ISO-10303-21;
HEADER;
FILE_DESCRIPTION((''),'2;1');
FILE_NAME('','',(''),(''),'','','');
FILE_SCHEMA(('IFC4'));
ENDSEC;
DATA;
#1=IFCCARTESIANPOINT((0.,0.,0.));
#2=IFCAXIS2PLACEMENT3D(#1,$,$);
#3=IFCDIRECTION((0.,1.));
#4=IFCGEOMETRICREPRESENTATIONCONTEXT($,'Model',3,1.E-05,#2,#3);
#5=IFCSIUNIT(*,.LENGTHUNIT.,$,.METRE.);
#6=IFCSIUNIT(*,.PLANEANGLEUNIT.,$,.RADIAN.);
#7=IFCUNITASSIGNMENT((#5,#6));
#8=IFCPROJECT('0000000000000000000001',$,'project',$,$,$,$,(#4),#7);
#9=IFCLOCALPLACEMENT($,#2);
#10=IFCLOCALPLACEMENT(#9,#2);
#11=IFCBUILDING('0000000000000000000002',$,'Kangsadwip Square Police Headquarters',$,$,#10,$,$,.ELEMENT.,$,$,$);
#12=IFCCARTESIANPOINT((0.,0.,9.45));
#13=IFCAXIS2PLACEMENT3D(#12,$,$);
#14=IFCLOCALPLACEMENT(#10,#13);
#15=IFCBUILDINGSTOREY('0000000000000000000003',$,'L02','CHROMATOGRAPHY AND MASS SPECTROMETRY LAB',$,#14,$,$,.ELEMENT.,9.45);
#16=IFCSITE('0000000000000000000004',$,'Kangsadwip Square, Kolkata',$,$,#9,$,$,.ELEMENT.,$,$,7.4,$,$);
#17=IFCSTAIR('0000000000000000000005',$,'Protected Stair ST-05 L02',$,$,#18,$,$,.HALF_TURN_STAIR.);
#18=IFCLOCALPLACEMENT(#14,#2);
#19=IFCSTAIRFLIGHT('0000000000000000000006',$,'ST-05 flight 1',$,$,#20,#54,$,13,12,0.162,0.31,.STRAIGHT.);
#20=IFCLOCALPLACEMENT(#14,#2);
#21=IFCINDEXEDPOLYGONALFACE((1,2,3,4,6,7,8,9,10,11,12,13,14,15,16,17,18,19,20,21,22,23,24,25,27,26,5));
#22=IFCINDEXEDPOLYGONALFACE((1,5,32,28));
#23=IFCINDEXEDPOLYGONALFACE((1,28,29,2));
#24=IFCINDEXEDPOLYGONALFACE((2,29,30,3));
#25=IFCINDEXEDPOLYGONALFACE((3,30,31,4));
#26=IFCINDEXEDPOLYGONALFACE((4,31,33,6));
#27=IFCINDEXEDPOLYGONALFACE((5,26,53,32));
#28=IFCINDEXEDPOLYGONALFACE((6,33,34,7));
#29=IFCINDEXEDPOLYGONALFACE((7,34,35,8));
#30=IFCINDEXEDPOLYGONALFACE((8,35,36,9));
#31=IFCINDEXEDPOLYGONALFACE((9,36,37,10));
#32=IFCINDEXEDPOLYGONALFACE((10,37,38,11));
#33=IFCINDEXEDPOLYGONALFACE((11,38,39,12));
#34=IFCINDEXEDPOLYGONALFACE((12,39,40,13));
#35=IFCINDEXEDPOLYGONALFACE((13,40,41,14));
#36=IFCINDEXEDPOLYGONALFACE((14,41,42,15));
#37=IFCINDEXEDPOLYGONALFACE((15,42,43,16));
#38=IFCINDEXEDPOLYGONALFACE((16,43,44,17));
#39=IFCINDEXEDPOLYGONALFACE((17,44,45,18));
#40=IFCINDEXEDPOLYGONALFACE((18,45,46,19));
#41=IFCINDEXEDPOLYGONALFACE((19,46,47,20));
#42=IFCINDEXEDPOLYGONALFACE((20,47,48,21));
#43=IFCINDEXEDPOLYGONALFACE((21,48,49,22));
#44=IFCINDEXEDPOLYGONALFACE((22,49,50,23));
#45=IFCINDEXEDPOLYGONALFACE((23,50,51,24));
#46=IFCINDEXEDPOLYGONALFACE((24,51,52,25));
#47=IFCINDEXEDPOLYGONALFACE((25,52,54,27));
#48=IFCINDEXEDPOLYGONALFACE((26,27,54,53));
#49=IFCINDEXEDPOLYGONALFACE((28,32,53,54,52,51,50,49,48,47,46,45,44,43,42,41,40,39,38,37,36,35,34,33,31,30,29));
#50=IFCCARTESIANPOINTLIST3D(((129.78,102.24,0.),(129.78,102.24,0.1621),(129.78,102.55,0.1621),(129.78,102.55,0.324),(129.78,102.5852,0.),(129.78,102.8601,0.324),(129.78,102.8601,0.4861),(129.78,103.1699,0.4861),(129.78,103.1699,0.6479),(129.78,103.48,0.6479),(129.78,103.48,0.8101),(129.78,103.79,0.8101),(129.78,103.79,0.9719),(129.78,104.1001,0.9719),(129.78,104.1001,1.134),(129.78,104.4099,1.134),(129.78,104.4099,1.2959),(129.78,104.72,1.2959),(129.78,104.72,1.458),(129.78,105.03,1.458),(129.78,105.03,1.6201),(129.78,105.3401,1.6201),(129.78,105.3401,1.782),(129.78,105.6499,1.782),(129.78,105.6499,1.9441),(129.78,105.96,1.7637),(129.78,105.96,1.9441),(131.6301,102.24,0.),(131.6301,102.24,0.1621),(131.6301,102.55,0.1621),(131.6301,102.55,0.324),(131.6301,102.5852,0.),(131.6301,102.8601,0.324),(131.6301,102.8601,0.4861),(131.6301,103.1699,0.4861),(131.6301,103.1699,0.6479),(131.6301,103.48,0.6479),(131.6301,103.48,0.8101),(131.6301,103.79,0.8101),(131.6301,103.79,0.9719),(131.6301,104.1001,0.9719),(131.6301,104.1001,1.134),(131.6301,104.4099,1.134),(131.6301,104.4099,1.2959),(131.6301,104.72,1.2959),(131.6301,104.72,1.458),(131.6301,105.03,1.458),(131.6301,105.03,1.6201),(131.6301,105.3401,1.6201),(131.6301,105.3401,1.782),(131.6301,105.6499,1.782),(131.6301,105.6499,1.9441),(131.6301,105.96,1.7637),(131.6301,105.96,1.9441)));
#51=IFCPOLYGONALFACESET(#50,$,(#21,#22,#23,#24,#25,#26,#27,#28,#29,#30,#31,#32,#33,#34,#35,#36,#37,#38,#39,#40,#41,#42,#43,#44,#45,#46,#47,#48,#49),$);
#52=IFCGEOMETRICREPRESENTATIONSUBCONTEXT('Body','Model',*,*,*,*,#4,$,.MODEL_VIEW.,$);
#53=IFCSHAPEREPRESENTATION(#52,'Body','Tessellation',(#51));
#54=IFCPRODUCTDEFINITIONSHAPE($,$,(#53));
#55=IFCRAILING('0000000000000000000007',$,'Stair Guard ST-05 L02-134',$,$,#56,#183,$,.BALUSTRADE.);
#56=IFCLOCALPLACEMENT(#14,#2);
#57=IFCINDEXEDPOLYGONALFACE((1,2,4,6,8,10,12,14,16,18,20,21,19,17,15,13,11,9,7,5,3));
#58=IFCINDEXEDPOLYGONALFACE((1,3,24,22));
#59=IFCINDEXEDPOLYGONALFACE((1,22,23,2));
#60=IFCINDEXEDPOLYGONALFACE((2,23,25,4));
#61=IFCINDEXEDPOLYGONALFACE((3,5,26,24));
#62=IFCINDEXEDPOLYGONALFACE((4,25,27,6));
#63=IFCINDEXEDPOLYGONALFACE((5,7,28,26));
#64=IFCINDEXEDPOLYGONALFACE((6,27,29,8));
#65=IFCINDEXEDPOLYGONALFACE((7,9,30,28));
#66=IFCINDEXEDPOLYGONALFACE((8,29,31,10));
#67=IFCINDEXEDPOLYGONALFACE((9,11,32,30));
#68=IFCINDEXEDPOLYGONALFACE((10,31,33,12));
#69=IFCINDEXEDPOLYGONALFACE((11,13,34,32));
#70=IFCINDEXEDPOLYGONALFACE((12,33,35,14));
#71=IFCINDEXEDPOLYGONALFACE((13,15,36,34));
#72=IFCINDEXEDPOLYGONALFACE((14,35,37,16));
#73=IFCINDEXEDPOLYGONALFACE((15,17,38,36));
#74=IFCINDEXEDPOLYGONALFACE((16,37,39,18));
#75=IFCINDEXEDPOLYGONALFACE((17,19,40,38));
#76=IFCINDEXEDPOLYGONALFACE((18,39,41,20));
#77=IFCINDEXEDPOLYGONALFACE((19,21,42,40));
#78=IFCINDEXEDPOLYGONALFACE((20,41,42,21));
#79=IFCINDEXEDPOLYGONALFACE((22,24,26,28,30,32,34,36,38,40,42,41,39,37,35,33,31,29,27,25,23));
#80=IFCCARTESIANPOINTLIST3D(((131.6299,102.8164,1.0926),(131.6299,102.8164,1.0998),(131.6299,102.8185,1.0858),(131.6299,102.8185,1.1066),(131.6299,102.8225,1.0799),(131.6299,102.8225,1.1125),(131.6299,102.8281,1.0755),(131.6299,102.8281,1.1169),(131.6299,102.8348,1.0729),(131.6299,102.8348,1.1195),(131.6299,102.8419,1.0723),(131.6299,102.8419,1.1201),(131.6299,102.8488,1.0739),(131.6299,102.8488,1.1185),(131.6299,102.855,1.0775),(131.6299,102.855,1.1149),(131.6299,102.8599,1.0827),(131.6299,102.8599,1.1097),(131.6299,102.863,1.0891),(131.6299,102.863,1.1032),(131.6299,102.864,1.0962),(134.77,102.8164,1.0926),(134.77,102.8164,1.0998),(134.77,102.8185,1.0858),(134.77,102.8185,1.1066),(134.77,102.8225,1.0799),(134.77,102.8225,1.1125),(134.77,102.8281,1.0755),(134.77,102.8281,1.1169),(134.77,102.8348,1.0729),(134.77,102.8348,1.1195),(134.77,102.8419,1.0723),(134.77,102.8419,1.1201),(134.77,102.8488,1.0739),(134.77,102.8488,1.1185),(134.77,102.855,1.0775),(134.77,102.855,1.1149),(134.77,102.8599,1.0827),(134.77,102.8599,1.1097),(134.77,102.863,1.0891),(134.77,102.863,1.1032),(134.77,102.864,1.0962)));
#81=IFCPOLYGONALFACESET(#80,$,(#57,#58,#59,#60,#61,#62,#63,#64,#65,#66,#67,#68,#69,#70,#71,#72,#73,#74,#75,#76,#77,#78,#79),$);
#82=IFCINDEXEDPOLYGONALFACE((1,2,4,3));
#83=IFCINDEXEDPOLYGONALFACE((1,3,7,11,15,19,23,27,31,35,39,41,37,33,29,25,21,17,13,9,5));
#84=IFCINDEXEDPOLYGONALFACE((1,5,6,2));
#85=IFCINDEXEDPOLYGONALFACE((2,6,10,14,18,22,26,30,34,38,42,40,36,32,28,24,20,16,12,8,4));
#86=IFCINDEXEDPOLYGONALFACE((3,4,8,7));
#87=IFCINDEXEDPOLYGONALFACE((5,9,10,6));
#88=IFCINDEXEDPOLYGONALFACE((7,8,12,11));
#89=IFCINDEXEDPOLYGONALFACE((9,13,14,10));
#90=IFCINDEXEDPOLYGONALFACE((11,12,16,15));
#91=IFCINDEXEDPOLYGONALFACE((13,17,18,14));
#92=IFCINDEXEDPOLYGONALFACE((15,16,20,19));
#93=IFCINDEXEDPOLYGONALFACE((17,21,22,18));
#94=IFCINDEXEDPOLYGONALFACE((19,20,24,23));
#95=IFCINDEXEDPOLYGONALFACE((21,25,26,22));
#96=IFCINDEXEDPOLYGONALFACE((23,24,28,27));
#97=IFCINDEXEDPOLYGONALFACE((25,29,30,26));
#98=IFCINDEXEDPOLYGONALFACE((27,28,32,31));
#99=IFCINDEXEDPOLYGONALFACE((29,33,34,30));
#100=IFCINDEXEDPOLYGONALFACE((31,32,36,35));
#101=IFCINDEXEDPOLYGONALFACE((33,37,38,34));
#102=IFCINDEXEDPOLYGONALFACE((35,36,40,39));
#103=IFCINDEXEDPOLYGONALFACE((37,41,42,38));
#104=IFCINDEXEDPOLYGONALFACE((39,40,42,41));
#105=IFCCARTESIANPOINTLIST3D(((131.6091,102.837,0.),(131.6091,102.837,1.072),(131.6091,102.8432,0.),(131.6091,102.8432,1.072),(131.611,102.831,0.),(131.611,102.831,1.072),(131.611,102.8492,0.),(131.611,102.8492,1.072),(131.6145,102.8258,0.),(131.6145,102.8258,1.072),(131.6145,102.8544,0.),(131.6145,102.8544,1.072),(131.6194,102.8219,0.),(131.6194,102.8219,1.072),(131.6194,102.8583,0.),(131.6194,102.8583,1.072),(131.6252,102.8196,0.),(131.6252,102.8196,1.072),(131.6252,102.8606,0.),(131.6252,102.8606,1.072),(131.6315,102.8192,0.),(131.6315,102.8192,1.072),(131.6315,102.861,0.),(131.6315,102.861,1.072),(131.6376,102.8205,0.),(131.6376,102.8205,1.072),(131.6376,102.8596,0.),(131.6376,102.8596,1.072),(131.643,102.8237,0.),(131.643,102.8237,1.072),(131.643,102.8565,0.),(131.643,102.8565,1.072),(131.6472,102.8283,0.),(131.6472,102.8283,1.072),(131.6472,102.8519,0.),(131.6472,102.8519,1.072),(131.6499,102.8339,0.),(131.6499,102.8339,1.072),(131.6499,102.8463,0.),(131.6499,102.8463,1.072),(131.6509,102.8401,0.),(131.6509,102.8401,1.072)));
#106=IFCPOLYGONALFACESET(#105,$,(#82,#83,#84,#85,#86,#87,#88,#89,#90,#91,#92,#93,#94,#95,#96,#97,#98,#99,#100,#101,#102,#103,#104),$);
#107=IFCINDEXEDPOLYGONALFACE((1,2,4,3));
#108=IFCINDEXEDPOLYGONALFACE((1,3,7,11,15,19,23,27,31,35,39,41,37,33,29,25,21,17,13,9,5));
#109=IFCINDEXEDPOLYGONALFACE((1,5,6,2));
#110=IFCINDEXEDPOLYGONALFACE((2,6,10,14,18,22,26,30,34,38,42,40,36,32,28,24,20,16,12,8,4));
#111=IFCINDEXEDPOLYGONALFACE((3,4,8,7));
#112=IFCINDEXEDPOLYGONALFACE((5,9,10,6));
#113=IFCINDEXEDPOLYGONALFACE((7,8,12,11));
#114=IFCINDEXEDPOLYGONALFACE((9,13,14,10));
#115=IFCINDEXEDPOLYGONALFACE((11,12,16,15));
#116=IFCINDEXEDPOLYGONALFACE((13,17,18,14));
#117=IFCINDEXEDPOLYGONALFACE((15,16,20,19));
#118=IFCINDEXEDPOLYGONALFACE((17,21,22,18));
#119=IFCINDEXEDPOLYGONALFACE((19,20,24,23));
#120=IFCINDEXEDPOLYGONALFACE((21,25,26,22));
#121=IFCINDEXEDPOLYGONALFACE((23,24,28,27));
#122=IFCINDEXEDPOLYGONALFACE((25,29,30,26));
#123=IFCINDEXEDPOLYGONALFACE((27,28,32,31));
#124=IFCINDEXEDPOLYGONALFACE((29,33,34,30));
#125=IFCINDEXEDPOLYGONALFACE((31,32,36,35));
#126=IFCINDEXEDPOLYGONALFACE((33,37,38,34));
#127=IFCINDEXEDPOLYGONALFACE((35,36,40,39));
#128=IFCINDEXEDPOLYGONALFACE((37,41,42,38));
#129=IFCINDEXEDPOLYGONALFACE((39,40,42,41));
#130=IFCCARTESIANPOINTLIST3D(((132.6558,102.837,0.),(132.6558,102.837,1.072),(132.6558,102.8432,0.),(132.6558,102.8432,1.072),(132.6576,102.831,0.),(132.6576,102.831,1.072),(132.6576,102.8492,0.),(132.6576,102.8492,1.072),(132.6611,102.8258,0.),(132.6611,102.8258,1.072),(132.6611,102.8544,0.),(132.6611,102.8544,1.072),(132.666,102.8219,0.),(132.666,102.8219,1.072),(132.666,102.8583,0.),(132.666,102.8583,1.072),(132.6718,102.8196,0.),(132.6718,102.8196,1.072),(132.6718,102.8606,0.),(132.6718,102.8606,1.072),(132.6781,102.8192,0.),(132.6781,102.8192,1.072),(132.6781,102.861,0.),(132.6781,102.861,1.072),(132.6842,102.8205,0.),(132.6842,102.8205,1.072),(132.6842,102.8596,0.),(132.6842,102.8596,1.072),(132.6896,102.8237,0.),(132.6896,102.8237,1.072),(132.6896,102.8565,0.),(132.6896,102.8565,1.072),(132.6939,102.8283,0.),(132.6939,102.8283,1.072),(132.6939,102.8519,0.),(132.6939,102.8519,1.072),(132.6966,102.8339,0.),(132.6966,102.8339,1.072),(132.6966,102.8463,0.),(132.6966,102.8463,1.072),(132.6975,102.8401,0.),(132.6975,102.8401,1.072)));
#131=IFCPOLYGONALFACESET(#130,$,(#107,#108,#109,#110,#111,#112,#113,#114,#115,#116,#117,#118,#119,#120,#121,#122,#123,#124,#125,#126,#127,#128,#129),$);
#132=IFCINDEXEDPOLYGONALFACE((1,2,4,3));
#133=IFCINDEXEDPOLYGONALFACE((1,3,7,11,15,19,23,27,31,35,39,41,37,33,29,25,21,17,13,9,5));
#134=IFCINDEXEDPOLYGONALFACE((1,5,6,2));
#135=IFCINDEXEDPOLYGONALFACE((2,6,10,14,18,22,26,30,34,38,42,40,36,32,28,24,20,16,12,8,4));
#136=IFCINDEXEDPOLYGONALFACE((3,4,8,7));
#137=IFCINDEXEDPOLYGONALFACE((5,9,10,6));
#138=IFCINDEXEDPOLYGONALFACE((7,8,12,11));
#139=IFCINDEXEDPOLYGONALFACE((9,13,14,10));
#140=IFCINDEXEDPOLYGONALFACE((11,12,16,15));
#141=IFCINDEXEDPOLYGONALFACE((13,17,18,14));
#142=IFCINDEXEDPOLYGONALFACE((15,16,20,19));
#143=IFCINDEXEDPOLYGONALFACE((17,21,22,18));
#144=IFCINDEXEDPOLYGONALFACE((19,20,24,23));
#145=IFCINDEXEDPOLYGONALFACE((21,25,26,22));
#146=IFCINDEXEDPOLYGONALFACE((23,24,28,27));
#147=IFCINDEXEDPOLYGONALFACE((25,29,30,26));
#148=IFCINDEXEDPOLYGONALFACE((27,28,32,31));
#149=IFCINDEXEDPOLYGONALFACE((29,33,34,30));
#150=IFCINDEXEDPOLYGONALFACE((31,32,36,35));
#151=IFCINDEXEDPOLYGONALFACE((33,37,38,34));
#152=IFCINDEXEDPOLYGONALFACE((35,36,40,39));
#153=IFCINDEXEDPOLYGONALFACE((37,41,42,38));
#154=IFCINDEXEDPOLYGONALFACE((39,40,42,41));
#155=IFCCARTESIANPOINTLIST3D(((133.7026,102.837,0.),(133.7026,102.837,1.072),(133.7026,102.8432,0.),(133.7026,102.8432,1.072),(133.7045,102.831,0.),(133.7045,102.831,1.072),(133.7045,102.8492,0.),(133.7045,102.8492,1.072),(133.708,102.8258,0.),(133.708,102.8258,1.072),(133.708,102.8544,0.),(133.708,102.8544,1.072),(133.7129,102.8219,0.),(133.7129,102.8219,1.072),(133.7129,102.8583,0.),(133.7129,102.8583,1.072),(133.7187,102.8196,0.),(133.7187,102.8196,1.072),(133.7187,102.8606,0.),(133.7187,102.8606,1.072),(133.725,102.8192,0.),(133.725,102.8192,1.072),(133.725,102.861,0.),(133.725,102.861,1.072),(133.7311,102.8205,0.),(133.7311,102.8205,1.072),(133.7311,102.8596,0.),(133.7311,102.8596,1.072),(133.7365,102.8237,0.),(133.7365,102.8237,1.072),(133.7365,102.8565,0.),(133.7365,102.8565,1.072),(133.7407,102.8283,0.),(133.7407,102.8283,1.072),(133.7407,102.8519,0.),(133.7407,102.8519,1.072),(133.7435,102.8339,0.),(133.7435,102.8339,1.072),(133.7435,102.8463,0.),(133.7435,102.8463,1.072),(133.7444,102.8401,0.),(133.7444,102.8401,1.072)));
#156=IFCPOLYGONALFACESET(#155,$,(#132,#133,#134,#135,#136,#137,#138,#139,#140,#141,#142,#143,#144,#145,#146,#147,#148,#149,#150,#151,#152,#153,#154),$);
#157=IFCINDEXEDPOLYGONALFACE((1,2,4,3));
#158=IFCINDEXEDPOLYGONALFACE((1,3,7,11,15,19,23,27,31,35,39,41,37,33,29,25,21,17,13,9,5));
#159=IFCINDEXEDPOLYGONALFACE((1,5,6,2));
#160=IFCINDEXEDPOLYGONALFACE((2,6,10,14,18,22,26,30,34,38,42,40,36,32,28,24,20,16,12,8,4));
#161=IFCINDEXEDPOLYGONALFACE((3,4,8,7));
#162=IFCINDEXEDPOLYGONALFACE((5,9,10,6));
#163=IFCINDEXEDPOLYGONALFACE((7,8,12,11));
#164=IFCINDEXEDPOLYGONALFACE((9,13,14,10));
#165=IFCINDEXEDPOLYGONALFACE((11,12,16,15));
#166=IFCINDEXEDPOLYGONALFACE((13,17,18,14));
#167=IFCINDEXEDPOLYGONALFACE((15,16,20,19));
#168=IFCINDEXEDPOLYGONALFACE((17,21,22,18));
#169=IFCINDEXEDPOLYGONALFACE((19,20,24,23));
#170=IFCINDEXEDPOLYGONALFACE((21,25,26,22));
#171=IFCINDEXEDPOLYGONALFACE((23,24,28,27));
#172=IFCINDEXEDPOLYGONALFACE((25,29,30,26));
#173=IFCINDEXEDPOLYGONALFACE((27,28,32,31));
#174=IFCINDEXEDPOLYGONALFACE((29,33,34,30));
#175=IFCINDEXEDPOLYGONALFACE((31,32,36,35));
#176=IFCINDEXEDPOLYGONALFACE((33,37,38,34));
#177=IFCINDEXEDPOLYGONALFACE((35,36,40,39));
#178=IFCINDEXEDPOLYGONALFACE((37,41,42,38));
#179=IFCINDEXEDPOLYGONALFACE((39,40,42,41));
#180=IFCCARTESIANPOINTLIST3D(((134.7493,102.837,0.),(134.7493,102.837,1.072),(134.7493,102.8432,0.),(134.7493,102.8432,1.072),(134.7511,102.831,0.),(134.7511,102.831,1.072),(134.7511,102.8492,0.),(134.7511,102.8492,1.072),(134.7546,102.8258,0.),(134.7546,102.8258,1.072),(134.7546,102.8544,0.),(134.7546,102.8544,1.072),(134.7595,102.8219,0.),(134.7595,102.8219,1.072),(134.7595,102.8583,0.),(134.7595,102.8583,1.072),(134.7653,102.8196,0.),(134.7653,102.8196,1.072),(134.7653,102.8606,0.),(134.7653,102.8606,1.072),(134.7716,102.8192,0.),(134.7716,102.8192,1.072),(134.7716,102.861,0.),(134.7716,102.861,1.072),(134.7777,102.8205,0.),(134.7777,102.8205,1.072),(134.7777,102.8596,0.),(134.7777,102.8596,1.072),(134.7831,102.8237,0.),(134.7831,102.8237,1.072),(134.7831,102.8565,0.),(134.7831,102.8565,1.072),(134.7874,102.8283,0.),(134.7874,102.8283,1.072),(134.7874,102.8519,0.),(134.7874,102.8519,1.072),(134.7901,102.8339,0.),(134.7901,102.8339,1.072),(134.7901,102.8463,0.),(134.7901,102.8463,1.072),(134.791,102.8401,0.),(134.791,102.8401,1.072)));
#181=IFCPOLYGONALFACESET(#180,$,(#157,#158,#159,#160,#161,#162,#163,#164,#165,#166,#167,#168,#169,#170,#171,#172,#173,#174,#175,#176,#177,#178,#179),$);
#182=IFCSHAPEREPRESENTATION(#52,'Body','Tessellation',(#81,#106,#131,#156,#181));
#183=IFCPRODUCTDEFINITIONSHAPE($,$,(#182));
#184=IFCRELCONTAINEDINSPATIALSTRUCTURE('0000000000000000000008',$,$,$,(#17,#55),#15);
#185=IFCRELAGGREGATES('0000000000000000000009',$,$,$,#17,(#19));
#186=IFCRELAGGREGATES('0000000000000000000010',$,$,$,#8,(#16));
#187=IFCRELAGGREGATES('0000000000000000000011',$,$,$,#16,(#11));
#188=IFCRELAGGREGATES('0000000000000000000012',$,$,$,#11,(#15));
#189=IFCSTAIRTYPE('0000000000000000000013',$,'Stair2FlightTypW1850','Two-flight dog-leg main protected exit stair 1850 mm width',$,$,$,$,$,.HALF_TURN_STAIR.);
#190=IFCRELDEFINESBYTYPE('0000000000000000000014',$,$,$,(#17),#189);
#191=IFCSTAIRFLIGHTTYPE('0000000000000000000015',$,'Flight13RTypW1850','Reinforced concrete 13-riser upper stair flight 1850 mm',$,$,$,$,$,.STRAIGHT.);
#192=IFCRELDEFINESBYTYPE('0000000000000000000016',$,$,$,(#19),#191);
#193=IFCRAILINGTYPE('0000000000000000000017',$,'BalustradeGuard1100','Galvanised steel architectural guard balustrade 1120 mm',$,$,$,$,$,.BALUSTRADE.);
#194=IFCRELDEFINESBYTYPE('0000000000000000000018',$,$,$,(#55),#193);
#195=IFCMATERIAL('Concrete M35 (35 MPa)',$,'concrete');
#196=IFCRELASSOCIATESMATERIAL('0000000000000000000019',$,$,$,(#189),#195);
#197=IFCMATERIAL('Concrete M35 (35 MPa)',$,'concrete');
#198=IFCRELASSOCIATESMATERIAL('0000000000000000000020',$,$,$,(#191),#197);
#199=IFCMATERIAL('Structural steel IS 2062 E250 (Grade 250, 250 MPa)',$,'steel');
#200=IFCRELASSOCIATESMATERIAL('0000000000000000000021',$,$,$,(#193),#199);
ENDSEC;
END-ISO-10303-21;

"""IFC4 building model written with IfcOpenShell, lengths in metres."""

from ifc_helpers import new_model, si_unit, direction, frame, origin, origin_2d, place, context, subcontext, project, spatial, polyline, circle, outline, extrude, material, type_object, element, aggregate, save


model = new_model("IFC4")

# Units and contexts
model_context = context("Model", 3, precision=1e-05, world=origin(), true_north=direction((0.0, 1.0)))
body_context = subcontext(model_context, "Body", "Model", "MODEL_VIEW")
ifc_project = project(units=[si_unit("LENGTHUNIT", "METRE"), si_unit("PLANEANGLEUNIT", "RADIAN")], contexts=[model_context])

# Site, building, storey
site_placement = place(None, origin())
site = spatial("IfcSite", under=ifc_project, at=site_placement, Name="Kangsadwip Square, Kolkata", CompositionType="ELEMENT", RefElevation=7.4)
building_placement = place(site_placement, origin())
building = spatial("IfcBuilding", under=site, at=building_placement, Name="Kangsadwip Square Police Headquarters", CompositionType="ELEMENT")
storey_placement = place(building_placement, frame((0.0, 0.0, 9.45)))
storey = spatial("IfcBuildingStorey", under=building, at=storey_placement, Name="L02", Description="CHROMATOGRAPHY AND MASS SPECTROMETRY LAB", CompositionType="ELEMENT", Elevation=9.45)

# Stair, stair flight
ifc_material_1 = material(Name="Concrete M35 (35 MPa)", Category="concrete")
stair_type = type_object("IfcStairType", Name="Stair2FlightTypW1850", Description="Two-flight dog-leg main protected exit stair 1850 mm width", PredefinedType="HALF_TURN_STAIR", material=ifc_material_1)
stair_placement = place(storey_placement, origin())
stair = element("IfcStair", 1, at=stair_placement, inside=storey, type_object=stair_type, Name="Protected Stair ST-05 L02", PredefinedType="HALF_TURN_STAIR")
ifc_material_2 = material(Name="Concrete M35 (35 MPa)", Category="concrete")
stair_flight_type_1 = type_object("IfcStairFlightType", Name="Flight13RTypW1850", Description="Reinforced concrete 13-riser upper stair flight 1850 mm", PredefinedType="STRAIGHT", material=ifc_material_2)
stair_flight_1_placement = place(storey_placement, frame((130.7051, 102.24, 0.0), z_axis=(0.0, 0.0, 1.0), x_axis=(0.0, 1.0, 0.0)))
stair_flight_1 = element("IfcStairFlight", 2, at=stair_flight_1_placement, type_object=stair_flight_type_1, Name="ST-05 flight 1", NumberOfRisers=13, NumberOfTreads=12, PredefinedType="STRAIGHT", RiserHeight=0.162, TreadLength=0.31, context=body_context, shape_type="SweptSolid", body=[
    extrude(outline(polyline([(0.0, 0.0), (0.0, 0.1621), (0.3101, 0.1621), (0.3101, 0.324), (0.6201, 0.324), (0.6201, 0.4861), (0.9299, 0.4861), (0.9299, 0.6479), (1.24, 0.6479), (1.24, 0.8101), (1.55, 0.8101), (1.55, 0.9719), (1.8601, 0.9719), (1.8601, 1.134), (2.1699, 1.134), (2.1699, 1.2959), (2.48, 1.2959), (2.48, 1.458), (2.79, 1.458), (2.79, 1.6201), (3.1001, 1.6201), (3.1001, 1.782), (3.4099, 1.782), (3.4099, 1.9441), (3.72, 1.9441), (3.72, 2.106), (3.72, 1.7637), (0.3452, 0.0), (0.0, 0.0)])), frame((0.0, 0.925, 0.0), z_axis=(0.0, -1.0, 0.0), x_axis=(1.0, 0.0, 0.0)), (0.0, 0.0, 1.0), 1.8501),
])
aggregate(stair, [stair_flight_1])

# Railing
ifc_material_3 = material(Name="Structural steel IS 2062 E250 (Grade 250, 250 MPa)", Category="steel")
railing_type_1 = type_object("IfcRailingType", Name="BalustradeGuard1100", Description="Galvanised steel architectural guard balustrade 1120 mm", PredefinedType="BALUSTRADE", material=ifc_material_3)
for number, where, name in (
    (3, (131.6299, 102.8401, 0.0), "Stair Guard ST-05 L02-134"),
):
    element("IfcRailing", number, at=place(storey_placement, frame(where)), inside=storey, type_object=railing_type_1, Name=name, PredefinedType="BALUSTRADE", context=body_context, shape_type="SweptSolid", body=[
        extrude(circle(Radius=0.0239, at=origin_2d()), frame((0.0, 0.0, 1.0962), z_axis=(1.0, 0.0, 0.0), x_axis=(0.0, 1.0, 0.0)), (0.0, 0.0, 1.0), 3.1401),
        extrude(circle(Radius=0.021, at=origin_2d()), origin(), (0.0, 0.0, 1.0), 1.072),
        extrude(circle(Radius=0.021, at=origin_2d()), frame((1.0466, 0.0, 0.0)), (0.0, 0.0, 1.0), 1.072),
        extrude(circle(Radius=0.021, at=origin_2d()), frame((2.0935, 0.0, 0.0)), (0.0, 0.0, 1.0), 1.072),
        extrude(circle(Radius=0.021, at=origin_2d()), frame((3.1401, 0.0, 0.0)), (0.0, 0.0, 1.0), 1.072),
    ])

save(model, "model.ifc")
